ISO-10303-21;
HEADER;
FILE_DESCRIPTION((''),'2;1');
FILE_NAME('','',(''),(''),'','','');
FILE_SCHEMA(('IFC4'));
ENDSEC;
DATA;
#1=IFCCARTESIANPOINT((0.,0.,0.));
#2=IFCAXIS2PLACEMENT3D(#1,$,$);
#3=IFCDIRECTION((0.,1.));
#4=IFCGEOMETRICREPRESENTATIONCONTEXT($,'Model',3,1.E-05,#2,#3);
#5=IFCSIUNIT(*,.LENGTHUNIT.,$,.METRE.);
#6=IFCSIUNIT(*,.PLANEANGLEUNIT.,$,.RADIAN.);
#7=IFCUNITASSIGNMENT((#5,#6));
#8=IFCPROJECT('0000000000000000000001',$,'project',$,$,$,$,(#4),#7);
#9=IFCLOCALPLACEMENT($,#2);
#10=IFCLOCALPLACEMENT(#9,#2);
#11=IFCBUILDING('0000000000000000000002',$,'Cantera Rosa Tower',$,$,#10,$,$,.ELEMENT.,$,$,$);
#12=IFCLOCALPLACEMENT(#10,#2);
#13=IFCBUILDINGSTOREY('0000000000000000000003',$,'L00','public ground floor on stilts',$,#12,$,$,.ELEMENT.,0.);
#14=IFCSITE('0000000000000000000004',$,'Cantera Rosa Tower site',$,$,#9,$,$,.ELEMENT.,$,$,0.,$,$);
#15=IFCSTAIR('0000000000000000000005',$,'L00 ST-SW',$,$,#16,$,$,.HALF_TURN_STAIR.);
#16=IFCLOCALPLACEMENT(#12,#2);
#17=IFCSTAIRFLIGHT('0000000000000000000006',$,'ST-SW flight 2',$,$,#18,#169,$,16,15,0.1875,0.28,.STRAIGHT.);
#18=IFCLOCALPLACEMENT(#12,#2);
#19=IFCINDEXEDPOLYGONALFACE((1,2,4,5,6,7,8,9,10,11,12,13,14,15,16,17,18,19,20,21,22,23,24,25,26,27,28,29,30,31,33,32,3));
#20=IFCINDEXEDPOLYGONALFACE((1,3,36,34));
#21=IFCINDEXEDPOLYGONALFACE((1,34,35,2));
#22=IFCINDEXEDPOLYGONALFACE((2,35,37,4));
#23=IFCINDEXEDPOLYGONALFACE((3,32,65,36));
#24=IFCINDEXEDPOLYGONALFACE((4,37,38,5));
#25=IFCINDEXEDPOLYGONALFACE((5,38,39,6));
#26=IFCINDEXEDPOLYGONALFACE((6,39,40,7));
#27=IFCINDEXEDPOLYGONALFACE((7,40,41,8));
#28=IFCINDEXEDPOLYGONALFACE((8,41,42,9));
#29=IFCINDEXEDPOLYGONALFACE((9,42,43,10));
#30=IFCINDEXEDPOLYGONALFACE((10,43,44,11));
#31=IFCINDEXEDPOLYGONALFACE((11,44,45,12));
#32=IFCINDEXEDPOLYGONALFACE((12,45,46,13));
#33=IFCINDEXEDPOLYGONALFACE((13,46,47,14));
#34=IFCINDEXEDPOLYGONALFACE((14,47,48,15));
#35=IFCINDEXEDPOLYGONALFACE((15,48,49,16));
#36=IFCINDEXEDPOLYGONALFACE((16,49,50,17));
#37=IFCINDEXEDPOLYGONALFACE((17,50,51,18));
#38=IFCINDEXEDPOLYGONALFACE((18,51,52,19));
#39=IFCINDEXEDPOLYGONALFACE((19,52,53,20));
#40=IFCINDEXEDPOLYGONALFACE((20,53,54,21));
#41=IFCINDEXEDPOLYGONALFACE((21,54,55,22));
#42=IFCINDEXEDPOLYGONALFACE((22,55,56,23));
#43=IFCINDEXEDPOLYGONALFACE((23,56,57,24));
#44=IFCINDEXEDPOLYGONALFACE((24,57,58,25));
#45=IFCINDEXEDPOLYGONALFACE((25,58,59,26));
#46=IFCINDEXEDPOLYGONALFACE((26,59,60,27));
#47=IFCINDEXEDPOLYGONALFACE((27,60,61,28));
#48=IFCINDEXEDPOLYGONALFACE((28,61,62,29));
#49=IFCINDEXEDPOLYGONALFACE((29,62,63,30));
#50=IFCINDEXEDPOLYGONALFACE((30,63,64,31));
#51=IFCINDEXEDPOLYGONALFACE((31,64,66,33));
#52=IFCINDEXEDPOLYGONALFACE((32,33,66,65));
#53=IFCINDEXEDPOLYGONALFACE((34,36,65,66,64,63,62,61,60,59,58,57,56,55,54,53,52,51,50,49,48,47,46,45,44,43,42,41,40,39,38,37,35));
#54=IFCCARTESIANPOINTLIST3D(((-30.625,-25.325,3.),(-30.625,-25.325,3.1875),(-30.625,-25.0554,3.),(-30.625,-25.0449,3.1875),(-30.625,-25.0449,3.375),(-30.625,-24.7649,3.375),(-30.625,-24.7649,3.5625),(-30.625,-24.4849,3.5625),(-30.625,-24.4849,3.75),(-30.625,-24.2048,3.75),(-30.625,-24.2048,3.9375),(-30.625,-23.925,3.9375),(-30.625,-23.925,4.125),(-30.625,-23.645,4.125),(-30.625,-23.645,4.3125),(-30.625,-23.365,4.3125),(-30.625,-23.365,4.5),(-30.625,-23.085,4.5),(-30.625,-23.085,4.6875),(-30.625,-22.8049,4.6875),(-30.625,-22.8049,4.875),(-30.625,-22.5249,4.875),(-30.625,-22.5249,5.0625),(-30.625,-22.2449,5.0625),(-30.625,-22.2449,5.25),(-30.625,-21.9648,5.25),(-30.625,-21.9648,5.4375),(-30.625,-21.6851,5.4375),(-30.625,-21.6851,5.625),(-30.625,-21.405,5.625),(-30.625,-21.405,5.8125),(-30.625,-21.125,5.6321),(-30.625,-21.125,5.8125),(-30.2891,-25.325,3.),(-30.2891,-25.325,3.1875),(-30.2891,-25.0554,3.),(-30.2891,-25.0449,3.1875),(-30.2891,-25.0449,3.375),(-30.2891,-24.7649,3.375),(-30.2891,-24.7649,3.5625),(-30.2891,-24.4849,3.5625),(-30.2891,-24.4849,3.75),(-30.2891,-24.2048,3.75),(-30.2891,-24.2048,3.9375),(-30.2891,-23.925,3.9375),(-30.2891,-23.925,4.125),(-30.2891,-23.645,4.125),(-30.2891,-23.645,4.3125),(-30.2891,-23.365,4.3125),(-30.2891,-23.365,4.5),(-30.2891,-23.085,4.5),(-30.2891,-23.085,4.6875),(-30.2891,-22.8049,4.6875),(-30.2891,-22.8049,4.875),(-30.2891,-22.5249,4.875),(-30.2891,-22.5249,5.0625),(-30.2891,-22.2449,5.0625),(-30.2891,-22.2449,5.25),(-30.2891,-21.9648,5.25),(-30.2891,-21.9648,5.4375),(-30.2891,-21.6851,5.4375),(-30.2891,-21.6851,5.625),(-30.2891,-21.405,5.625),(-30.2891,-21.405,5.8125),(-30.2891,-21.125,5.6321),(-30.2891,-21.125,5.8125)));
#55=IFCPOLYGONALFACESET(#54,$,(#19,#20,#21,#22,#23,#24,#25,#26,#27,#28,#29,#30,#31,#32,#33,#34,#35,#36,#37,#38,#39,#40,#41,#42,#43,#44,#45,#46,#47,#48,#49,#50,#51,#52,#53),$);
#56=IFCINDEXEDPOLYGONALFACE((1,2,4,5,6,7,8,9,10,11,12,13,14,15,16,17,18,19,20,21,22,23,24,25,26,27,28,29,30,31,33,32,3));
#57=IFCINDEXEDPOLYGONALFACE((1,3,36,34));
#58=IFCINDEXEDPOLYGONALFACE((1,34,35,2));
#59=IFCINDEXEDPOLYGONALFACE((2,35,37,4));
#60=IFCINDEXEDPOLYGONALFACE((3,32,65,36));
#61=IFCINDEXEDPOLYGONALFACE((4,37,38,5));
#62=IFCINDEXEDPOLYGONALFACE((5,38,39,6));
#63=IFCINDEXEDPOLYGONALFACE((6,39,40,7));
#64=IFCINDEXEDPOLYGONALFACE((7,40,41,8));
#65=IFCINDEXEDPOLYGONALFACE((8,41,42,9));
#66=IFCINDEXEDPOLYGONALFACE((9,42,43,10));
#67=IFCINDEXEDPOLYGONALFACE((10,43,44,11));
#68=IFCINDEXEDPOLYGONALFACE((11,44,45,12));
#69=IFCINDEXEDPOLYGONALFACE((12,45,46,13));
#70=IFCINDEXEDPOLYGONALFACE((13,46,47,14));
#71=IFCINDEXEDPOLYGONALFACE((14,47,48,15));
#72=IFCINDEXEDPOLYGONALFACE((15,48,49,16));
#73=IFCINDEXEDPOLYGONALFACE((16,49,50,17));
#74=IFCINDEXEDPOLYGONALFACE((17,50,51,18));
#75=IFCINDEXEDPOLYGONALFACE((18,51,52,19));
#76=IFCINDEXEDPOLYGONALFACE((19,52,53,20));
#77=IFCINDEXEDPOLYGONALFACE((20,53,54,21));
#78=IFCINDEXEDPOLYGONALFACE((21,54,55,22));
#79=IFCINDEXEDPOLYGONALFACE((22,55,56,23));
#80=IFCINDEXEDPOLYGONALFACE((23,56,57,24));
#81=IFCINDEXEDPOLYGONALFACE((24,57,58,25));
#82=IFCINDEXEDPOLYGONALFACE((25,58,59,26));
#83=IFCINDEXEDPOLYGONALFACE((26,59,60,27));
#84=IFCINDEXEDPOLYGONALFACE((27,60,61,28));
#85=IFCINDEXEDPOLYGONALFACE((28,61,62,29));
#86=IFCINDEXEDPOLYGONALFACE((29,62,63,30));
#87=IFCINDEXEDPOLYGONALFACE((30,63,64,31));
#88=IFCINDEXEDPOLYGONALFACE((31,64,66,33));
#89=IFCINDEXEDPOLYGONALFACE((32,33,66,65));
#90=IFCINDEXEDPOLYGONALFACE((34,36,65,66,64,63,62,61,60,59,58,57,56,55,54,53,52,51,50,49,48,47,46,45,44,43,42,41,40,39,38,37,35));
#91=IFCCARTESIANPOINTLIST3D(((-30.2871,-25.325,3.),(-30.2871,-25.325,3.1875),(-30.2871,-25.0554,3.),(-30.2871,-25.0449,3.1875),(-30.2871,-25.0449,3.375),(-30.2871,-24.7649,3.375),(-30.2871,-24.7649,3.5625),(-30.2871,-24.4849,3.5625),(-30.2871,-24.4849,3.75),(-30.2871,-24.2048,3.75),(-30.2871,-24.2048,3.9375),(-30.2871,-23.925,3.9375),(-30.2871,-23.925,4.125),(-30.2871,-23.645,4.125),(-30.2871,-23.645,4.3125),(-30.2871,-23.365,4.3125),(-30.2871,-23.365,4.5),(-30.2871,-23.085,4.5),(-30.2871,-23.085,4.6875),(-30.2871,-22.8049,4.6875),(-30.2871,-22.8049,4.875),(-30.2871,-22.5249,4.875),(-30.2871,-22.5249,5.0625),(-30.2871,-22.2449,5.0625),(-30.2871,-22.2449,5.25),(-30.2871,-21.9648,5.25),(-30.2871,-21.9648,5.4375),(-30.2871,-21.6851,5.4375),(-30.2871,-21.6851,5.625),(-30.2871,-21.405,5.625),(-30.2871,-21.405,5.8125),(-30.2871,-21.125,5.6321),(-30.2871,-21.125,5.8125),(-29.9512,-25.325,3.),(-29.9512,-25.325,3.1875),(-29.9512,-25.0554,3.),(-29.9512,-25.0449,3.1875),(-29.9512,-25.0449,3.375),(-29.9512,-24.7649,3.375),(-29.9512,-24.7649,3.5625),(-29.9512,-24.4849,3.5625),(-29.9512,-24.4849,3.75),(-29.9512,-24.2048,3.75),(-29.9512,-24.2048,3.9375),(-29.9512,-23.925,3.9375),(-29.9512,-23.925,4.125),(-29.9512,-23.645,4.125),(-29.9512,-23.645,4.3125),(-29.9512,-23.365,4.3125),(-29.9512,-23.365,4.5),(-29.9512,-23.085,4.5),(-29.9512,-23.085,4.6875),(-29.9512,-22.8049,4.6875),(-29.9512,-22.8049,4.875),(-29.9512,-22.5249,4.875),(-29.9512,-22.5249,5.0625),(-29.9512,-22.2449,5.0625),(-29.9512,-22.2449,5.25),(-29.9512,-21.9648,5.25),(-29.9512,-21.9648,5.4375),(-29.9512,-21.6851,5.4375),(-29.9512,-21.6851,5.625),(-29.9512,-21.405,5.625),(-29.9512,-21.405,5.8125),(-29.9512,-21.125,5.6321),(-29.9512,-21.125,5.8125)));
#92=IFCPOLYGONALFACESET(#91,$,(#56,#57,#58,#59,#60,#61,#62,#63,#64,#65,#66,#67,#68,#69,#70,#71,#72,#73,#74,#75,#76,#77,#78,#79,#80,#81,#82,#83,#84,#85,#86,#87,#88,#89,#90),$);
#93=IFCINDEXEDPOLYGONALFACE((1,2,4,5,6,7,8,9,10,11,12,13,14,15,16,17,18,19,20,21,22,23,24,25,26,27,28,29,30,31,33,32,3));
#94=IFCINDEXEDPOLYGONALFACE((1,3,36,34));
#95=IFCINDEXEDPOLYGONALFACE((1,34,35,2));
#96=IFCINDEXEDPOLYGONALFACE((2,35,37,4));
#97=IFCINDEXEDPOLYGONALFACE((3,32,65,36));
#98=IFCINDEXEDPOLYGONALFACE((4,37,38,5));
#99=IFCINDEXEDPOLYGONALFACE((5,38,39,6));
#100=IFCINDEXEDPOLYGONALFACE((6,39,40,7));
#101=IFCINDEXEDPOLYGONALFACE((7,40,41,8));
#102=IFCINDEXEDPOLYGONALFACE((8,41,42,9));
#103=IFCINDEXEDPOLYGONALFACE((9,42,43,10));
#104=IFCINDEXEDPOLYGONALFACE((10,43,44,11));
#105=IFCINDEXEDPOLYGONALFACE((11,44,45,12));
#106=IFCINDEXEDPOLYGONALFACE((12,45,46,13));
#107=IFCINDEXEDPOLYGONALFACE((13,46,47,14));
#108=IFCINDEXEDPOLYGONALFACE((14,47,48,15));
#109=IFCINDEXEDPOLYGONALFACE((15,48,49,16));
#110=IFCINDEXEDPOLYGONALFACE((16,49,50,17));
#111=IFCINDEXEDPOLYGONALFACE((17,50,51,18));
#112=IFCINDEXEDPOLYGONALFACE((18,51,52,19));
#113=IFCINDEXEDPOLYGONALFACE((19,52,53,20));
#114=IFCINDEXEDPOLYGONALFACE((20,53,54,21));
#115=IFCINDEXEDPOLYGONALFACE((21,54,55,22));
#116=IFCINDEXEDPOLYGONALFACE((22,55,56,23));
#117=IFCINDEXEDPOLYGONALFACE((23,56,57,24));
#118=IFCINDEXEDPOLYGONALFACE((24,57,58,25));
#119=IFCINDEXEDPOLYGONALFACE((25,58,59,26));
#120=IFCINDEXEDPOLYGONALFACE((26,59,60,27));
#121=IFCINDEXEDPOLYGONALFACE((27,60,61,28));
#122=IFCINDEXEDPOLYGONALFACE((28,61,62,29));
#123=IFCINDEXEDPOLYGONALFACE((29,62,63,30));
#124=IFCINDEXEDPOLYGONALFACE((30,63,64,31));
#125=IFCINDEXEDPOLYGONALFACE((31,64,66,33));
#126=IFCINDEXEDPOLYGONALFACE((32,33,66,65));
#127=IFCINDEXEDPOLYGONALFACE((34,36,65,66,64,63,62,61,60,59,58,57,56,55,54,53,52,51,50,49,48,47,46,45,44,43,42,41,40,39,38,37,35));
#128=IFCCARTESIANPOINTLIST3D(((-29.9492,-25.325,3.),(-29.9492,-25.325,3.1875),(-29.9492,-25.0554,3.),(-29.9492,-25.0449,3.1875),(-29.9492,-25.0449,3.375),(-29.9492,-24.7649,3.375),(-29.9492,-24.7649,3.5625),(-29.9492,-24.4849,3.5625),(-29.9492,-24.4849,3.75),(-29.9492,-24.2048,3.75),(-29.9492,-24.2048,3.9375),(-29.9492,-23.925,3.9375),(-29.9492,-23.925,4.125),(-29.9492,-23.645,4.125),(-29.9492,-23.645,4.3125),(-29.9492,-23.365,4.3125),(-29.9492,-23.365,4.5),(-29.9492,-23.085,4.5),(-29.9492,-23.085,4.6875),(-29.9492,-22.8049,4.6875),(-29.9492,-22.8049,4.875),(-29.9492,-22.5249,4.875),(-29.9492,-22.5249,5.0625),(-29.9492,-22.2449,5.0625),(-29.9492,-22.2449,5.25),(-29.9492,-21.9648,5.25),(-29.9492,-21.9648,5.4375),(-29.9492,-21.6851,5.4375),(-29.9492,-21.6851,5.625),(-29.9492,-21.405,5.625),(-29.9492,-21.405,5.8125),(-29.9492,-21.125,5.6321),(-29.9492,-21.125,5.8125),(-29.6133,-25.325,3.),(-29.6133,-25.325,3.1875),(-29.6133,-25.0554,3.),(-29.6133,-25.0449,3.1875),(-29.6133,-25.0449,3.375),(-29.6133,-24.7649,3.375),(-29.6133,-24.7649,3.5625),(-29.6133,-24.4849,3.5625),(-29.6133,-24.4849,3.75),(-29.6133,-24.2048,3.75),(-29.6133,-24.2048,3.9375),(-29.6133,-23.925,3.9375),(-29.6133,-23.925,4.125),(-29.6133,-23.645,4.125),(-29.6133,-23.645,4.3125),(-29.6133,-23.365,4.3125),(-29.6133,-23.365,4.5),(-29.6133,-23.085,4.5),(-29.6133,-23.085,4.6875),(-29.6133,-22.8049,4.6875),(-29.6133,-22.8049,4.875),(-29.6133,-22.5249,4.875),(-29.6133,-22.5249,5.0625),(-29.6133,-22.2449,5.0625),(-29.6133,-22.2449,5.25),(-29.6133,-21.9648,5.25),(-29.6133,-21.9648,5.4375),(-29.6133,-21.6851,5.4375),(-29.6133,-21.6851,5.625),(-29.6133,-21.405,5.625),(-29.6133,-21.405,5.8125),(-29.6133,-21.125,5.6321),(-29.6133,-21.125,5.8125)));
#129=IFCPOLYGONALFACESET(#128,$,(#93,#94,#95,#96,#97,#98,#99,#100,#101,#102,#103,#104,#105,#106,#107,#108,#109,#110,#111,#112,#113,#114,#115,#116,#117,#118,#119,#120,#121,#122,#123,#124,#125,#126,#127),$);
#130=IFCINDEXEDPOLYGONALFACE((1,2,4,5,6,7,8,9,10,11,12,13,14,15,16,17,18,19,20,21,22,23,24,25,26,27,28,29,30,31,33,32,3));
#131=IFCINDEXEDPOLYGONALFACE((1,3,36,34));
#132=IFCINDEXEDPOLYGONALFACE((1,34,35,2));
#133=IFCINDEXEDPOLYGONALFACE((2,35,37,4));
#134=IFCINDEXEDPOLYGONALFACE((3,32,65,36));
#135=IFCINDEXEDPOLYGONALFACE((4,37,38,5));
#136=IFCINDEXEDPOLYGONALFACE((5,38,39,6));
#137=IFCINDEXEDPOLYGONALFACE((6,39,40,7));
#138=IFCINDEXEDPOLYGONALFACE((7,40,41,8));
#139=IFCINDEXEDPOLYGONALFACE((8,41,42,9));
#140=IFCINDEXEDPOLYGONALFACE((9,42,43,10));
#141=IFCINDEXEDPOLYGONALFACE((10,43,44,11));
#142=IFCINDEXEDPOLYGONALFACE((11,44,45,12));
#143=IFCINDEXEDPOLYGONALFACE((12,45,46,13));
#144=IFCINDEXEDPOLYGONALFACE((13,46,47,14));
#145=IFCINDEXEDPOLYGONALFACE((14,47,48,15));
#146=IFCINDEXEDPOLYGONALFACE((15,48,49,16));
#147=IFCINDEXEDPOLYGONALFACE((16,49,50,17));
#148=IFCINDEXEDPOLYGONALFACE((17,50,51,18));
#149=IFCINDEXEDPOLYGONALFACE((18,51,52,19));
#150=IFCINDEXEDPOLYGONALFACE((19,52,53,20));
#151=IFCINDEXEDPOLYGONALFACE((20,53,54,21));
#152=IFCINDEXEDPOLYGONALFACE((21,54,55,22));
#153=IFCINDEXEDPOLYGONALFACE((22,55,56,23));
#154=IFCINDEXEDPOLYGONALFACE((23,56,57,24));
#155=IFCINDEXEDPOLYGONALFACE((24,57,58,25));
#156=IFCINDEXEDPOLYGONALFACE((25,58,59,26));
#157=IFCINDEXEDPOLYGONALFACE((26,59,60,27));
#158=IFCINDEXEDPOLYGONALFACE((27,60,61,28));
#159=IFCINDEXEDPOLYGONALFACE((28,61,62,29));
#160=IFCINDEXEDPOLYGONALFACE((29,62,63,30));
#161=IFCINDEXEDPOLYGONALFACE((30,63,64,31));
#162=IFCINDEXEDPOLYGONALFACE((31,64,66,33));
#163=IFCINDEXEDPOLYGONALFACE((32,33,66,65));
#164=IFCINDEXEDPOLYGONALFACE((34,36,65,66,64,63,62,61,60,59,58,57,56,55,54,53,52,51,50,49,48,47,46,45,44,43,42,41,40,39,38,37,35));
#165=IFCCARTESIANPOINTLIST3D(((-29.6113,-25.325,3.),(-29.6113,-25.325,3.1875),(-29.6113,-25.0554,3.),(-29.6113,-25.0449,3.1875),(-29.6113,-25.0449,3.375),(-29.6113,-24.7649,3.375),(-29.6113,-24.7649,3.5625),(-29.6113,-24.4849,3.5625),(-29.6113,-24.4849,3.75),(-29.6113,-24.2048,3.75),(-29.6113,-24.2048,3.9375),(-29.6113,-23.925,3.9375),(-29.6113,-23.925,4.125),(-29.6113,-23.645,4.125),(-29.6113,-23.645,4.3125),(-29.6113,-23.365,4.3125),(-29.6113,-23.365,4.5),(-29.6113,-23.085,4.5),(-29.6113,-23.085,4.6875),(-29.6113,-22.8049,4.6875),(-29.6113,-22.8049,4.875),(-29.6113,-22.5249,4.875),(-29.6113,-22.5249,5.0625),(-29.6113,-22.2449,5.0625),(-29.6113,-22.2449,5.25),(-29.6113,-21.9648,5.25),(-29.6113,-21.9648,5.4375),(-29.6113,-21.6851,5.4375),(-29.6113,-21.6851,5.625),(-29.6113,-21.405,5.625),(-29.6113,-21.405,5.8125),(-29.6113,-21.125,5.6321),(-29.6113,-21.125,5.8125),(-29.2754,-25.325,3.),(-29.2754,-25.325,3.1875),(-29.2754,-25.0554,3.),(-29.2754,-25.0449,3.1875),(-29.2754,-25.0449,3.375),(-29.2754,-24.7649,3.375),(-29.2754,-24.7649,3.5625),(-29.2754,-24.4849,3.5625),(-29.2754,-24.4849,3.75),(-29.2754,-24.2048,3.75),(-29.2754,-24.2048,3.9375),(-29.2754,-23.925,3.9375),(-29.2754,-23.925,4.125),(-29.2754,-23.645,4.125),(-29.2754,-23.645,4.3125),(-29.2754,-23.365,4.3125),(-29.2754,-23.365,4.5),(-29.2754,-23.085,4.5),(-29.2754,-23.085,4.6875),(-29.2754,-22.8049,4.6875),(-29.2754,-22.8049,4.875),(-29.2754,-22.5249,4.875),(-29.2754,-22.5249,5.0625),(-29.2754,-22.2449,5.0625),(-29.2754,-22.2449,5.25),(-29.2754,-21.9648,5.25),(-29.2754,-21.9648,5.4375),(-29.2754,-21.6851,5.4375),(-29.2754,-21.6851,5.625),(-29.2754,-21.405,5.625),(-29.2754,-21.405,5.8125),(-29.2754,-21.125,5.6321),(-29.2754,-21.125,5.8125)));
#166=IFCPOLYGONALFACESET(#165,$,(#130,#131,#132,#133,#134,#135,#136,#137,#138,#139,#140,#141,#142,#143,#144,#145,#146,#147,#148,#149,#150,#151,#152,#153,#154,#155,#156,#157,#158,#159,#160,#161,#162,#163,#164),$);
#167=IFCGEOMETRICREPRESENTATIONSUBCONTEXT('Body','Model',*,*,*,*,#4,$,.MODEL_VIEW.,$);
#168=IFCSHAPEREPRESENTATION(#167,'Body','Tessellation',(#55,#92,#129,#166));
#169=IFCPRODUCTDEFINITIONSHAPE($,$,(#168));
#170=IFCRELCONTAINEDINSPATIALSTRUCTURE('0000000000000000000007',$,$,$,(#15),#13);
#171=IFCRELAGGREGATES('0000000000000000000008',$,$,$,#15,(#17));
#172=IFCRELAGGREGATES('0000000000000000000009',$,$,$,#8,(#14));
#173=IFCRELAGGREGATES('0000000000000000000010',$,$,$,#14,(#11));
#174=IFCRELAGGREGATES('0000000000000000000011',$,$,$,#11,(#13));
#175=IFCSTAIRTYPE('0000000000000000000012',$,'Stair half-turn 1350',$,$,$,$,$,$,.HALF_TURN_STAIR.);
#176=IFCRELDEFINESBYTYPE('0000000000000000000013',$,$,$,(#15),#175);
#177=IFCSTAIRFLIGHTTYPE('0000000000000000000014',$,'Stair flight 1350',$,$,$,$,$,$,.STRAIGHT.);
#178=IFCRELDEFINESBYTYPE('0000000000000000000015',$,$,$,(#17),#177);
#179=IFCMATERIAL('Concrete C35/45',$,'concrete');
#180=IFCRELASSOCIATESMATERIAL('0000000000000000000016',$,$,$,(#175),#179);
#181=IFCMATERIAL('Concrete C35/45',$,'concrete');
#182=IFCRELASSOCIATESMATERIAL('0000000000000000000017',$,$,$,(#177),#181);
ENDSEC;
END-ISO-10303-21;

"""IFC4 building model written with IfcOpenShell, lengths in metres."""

from ifc_helpers import new_model, si_unit, direction, frame, origin, place, context, subcontext, project, spatial, polyline, outline, extrude, material, type_object, element, aggregate, save


model = new_model("IFC4")

# Units and contexts
model_context = context("Model", 3, precision=1e-05, world=origin(), true_north=direction((0.0, 1.0)))
body_context = subcontext(model_context, "Body", "Model", "MODEL_VIEW")
ifc_project = project(units=[si_unit("LENGTHUNIT", "METRE"), si_unit("PLANEANGLEUNIT", "RADIAN")], contexts=[model_context])

# Site, building, storey
site_placement = place(None, origin())
site = spatial("IfcSite", under=ifc_project, at=site_placement, Name="Cantera Rosa Tower site", CompositionType="ELEMENT", RefElevation=0.0)
building_placement = place(site_placement, origin())
building = spatial("IfcBuilding", under=site, at=building_placement, Name="Cantera Rosa Tower", CompositionType="ELEMENT")
storey_placement = place(building_placement, origin())
storey = spatial("IfcBuildingStorey", under=building, at=storey_placement, Name="L00", Description="public ground floor on stilts", CompositionType="ELEMENT", Elevation=0.0)

# Stair, stair flight
ifc_material_1 = material(Name="Concrete C35/45", Category="concrete")
stair_type = type_object("IfcStairType", Name="Stair half-turn 1350", PredefinedType="HALF_TURN_STAIR", material=ifc_material_1)
stair_placement = place(storey_placement, origin())
stair = element("IfcStair", 1, at=stair_placement, inside=storey, type_object=stair_type, Name="L00 ST-SW", PredefinedType="HALF_TURN_STAIR")
ifc_material_2 = material(Name="Concrete C35/45", Category="concrete")
stair_flight_type = type_object("IfcStairFlightType", Name="Stair flight 1350", PredefinedType="STRAIGHT", material=ifc_material_2)
stair_flight_1_placement = place(storey_placement, frame((-29.95, -25.325, 3.0), z_axis=(0.0, 0.0, 1.0), x_axis=(0.0, 1.0, 0.0)))
stair_flight_1 = element("IfcStairFlight", 2, at=stair_flight_1_placement, type_object=stair_flight_type, Name="ST-SW flight 2", NumberOfRisers=16, NumberOfTreads=15, PredefinedType="STRAIGHT", RiserHeight=0.1875, TreadLength=0.28, context=body_context, shape_type="SweptSolid", body=[
    extrude(outline(polyline([(0.0, 0.0), (0.0, 0.1875), (0.28, 0.1875), (0.28, 0.375), (0.5601, 0.375), (0.5601, 0.5625), (0.8401, 0.5625), (0.8401, 0.75), (1.1201, 0.75), (1.1201, 0.9375), (1.3999, 0.9375), (1.3999, 1.125), (1.6799, 1.125), (1.6799, 1.3125), (1.96, 1.3125), (1.96, 1.5), (2.24, 1.5), (2.24, 1.6875), (2.52, 1.6875), (2.52, 1.875), (2.8, 1.875), (2.8, 2.0625), (3.0801, 2.0625), (3.0801, 2.25), (3.3601, 2.25), (3.3601, 2.4375), (3.6399, 2.4375), (3.6399, 2.625), (3.9199, 2.625), (3.9199, 2.8125), (4.2, 2.8125), (4.2, 3.0), (4.2, 2.6321), (0.2695, 0.0), (0.0, 0.0)])), frame((0.0, 0.675, 0.0), z_axis=(0.0, -1.0, 0.0), x_axis=(1.0, 0.0, 0.0)), (0.0, 0.0, 1.0), 0.3359),
    extrude(outline(polyline([(0.0, 0.0), (0.0, 0.1875), (0.28, 0.1875), (0.28, 0.375), (0.5601, 0.375), (0.5601, 0.5625), (0.8401, 0.5625), (0.8401, 0.75), (1.1201, 0.75), (1.1201, 0.9375), (1.3999, 0.9375), (1.3999, 1.125), (1.6799, 1.125), (1.6799, 1.3125), (1.96, 1.3125), (1.96, 1.5), (2.24, 1.5), (2.24, 1.6875), (2.52, 1.6875), (2.52, 1.875), (2.8, 1.875), (2.8, 2.0625), (3.0801, 2.0625), (3.0801, 2.25), (3.3601, 2.25), (3.3601, 2.4375), (3.6399, 2.4375), (3.6399, 2.625), (3.9199, 2.625), (3.9199, 2.8125), (4.2, 2.8125), (4.2, 3.0), (4.2, 2.6321), (0.2695, 0.0), (0.0, 0.0)])), frame((0.0, 0.3372, 0.0), z_axis=(0.0, -1.0, 0.0), x_axis=(1.0, 0.0, 0.0)), (0.0, 0.0, 1.0), 0.3359),
    extrude(outline(polyline([(0.0, 0.0), (0.0, 0.1875), (0.28, 0.1875), (0.28, 0.375), (0.5601, 0.375), (0.5601, 0.5625), (0.8401, 0.5625), (0.8401, 0.75), (1.1201, 0.75), (1.1201, 0.9375), (1.3999, 0.9375), (1.3999, 1.125), (1.6799, 1.125), (1.6799, 1.3125), (1.96, 1.3125), (1.96, 1.5), (2.24, 1.5), (2.24, 1.6875), (2.52, 1.6875), (2.52, 1.875), (2.8, 1.875), (2.8, 2.0625), (3.0801, 2.0625), (3.0801, 2.25), (3.3601, 2.25), (3.3601, 2.4375), (3.6399, 2.4375), (3.6399, 2.625), (3.9199, 2.625), (3.9199, 2.8125), (4.2, 2.8125), (4.2, 3.0), (4.2, 2.6321), (0.2695, 0.0), (0.0, 0.0)])), frame((0.0, -0.0007, 0.0), z_axis=(0.0, -1.0, 0.0), x_axis=(1.0, 0.0, 0.0)), (0.0, 0.0, 1.0), 0.3359),
    extrude(outline(polyline([(0.0, 0.0), (0.0, 0.1875), (0.28, 0.1875), (0.28, 0.375), (0.5601, 0.375), (0.5601, 0.5625), (0.8401, 0.5625), (0.8401, 0.75), (1.1201, 0.75), (1.1201, 0.9375), (1.3999, 0.9375), (1.3999, 1.125), (1.6799, 1.125), (1.6799, 1.3125), (1.96, 1.3125), (1.96, 1.5), (2.24, 1.5), (2.24, 1.6875), (2.52, 1.6875), (2.52, 1.875), (2.8, 1.875), (2.8, 2.0625), (3.0801, 2.0625), (3.0801, 2.25), (3.3601, 2.25), (3.3601, 2.4375), (3.6399, 2.4375), (3.6399, 2.625), (3.9199, 2.625), (3.9199, 2.8125), (4.2, 2.8125), (4.2, 3.0), (4.2, 2.6321), (0.2695, 0.0), (0.0, 0.0)])), frame((0.0, -0.3386, 0.0), z_axis=(0.0, -1.0, 0.0), x_axis=(1.0, 0.0, 0.0)), (0.0, 0.0, 1.0), 0.3359),
])
aggregate(stair, [stair_flight_1])

save(model, "model.ifc")
